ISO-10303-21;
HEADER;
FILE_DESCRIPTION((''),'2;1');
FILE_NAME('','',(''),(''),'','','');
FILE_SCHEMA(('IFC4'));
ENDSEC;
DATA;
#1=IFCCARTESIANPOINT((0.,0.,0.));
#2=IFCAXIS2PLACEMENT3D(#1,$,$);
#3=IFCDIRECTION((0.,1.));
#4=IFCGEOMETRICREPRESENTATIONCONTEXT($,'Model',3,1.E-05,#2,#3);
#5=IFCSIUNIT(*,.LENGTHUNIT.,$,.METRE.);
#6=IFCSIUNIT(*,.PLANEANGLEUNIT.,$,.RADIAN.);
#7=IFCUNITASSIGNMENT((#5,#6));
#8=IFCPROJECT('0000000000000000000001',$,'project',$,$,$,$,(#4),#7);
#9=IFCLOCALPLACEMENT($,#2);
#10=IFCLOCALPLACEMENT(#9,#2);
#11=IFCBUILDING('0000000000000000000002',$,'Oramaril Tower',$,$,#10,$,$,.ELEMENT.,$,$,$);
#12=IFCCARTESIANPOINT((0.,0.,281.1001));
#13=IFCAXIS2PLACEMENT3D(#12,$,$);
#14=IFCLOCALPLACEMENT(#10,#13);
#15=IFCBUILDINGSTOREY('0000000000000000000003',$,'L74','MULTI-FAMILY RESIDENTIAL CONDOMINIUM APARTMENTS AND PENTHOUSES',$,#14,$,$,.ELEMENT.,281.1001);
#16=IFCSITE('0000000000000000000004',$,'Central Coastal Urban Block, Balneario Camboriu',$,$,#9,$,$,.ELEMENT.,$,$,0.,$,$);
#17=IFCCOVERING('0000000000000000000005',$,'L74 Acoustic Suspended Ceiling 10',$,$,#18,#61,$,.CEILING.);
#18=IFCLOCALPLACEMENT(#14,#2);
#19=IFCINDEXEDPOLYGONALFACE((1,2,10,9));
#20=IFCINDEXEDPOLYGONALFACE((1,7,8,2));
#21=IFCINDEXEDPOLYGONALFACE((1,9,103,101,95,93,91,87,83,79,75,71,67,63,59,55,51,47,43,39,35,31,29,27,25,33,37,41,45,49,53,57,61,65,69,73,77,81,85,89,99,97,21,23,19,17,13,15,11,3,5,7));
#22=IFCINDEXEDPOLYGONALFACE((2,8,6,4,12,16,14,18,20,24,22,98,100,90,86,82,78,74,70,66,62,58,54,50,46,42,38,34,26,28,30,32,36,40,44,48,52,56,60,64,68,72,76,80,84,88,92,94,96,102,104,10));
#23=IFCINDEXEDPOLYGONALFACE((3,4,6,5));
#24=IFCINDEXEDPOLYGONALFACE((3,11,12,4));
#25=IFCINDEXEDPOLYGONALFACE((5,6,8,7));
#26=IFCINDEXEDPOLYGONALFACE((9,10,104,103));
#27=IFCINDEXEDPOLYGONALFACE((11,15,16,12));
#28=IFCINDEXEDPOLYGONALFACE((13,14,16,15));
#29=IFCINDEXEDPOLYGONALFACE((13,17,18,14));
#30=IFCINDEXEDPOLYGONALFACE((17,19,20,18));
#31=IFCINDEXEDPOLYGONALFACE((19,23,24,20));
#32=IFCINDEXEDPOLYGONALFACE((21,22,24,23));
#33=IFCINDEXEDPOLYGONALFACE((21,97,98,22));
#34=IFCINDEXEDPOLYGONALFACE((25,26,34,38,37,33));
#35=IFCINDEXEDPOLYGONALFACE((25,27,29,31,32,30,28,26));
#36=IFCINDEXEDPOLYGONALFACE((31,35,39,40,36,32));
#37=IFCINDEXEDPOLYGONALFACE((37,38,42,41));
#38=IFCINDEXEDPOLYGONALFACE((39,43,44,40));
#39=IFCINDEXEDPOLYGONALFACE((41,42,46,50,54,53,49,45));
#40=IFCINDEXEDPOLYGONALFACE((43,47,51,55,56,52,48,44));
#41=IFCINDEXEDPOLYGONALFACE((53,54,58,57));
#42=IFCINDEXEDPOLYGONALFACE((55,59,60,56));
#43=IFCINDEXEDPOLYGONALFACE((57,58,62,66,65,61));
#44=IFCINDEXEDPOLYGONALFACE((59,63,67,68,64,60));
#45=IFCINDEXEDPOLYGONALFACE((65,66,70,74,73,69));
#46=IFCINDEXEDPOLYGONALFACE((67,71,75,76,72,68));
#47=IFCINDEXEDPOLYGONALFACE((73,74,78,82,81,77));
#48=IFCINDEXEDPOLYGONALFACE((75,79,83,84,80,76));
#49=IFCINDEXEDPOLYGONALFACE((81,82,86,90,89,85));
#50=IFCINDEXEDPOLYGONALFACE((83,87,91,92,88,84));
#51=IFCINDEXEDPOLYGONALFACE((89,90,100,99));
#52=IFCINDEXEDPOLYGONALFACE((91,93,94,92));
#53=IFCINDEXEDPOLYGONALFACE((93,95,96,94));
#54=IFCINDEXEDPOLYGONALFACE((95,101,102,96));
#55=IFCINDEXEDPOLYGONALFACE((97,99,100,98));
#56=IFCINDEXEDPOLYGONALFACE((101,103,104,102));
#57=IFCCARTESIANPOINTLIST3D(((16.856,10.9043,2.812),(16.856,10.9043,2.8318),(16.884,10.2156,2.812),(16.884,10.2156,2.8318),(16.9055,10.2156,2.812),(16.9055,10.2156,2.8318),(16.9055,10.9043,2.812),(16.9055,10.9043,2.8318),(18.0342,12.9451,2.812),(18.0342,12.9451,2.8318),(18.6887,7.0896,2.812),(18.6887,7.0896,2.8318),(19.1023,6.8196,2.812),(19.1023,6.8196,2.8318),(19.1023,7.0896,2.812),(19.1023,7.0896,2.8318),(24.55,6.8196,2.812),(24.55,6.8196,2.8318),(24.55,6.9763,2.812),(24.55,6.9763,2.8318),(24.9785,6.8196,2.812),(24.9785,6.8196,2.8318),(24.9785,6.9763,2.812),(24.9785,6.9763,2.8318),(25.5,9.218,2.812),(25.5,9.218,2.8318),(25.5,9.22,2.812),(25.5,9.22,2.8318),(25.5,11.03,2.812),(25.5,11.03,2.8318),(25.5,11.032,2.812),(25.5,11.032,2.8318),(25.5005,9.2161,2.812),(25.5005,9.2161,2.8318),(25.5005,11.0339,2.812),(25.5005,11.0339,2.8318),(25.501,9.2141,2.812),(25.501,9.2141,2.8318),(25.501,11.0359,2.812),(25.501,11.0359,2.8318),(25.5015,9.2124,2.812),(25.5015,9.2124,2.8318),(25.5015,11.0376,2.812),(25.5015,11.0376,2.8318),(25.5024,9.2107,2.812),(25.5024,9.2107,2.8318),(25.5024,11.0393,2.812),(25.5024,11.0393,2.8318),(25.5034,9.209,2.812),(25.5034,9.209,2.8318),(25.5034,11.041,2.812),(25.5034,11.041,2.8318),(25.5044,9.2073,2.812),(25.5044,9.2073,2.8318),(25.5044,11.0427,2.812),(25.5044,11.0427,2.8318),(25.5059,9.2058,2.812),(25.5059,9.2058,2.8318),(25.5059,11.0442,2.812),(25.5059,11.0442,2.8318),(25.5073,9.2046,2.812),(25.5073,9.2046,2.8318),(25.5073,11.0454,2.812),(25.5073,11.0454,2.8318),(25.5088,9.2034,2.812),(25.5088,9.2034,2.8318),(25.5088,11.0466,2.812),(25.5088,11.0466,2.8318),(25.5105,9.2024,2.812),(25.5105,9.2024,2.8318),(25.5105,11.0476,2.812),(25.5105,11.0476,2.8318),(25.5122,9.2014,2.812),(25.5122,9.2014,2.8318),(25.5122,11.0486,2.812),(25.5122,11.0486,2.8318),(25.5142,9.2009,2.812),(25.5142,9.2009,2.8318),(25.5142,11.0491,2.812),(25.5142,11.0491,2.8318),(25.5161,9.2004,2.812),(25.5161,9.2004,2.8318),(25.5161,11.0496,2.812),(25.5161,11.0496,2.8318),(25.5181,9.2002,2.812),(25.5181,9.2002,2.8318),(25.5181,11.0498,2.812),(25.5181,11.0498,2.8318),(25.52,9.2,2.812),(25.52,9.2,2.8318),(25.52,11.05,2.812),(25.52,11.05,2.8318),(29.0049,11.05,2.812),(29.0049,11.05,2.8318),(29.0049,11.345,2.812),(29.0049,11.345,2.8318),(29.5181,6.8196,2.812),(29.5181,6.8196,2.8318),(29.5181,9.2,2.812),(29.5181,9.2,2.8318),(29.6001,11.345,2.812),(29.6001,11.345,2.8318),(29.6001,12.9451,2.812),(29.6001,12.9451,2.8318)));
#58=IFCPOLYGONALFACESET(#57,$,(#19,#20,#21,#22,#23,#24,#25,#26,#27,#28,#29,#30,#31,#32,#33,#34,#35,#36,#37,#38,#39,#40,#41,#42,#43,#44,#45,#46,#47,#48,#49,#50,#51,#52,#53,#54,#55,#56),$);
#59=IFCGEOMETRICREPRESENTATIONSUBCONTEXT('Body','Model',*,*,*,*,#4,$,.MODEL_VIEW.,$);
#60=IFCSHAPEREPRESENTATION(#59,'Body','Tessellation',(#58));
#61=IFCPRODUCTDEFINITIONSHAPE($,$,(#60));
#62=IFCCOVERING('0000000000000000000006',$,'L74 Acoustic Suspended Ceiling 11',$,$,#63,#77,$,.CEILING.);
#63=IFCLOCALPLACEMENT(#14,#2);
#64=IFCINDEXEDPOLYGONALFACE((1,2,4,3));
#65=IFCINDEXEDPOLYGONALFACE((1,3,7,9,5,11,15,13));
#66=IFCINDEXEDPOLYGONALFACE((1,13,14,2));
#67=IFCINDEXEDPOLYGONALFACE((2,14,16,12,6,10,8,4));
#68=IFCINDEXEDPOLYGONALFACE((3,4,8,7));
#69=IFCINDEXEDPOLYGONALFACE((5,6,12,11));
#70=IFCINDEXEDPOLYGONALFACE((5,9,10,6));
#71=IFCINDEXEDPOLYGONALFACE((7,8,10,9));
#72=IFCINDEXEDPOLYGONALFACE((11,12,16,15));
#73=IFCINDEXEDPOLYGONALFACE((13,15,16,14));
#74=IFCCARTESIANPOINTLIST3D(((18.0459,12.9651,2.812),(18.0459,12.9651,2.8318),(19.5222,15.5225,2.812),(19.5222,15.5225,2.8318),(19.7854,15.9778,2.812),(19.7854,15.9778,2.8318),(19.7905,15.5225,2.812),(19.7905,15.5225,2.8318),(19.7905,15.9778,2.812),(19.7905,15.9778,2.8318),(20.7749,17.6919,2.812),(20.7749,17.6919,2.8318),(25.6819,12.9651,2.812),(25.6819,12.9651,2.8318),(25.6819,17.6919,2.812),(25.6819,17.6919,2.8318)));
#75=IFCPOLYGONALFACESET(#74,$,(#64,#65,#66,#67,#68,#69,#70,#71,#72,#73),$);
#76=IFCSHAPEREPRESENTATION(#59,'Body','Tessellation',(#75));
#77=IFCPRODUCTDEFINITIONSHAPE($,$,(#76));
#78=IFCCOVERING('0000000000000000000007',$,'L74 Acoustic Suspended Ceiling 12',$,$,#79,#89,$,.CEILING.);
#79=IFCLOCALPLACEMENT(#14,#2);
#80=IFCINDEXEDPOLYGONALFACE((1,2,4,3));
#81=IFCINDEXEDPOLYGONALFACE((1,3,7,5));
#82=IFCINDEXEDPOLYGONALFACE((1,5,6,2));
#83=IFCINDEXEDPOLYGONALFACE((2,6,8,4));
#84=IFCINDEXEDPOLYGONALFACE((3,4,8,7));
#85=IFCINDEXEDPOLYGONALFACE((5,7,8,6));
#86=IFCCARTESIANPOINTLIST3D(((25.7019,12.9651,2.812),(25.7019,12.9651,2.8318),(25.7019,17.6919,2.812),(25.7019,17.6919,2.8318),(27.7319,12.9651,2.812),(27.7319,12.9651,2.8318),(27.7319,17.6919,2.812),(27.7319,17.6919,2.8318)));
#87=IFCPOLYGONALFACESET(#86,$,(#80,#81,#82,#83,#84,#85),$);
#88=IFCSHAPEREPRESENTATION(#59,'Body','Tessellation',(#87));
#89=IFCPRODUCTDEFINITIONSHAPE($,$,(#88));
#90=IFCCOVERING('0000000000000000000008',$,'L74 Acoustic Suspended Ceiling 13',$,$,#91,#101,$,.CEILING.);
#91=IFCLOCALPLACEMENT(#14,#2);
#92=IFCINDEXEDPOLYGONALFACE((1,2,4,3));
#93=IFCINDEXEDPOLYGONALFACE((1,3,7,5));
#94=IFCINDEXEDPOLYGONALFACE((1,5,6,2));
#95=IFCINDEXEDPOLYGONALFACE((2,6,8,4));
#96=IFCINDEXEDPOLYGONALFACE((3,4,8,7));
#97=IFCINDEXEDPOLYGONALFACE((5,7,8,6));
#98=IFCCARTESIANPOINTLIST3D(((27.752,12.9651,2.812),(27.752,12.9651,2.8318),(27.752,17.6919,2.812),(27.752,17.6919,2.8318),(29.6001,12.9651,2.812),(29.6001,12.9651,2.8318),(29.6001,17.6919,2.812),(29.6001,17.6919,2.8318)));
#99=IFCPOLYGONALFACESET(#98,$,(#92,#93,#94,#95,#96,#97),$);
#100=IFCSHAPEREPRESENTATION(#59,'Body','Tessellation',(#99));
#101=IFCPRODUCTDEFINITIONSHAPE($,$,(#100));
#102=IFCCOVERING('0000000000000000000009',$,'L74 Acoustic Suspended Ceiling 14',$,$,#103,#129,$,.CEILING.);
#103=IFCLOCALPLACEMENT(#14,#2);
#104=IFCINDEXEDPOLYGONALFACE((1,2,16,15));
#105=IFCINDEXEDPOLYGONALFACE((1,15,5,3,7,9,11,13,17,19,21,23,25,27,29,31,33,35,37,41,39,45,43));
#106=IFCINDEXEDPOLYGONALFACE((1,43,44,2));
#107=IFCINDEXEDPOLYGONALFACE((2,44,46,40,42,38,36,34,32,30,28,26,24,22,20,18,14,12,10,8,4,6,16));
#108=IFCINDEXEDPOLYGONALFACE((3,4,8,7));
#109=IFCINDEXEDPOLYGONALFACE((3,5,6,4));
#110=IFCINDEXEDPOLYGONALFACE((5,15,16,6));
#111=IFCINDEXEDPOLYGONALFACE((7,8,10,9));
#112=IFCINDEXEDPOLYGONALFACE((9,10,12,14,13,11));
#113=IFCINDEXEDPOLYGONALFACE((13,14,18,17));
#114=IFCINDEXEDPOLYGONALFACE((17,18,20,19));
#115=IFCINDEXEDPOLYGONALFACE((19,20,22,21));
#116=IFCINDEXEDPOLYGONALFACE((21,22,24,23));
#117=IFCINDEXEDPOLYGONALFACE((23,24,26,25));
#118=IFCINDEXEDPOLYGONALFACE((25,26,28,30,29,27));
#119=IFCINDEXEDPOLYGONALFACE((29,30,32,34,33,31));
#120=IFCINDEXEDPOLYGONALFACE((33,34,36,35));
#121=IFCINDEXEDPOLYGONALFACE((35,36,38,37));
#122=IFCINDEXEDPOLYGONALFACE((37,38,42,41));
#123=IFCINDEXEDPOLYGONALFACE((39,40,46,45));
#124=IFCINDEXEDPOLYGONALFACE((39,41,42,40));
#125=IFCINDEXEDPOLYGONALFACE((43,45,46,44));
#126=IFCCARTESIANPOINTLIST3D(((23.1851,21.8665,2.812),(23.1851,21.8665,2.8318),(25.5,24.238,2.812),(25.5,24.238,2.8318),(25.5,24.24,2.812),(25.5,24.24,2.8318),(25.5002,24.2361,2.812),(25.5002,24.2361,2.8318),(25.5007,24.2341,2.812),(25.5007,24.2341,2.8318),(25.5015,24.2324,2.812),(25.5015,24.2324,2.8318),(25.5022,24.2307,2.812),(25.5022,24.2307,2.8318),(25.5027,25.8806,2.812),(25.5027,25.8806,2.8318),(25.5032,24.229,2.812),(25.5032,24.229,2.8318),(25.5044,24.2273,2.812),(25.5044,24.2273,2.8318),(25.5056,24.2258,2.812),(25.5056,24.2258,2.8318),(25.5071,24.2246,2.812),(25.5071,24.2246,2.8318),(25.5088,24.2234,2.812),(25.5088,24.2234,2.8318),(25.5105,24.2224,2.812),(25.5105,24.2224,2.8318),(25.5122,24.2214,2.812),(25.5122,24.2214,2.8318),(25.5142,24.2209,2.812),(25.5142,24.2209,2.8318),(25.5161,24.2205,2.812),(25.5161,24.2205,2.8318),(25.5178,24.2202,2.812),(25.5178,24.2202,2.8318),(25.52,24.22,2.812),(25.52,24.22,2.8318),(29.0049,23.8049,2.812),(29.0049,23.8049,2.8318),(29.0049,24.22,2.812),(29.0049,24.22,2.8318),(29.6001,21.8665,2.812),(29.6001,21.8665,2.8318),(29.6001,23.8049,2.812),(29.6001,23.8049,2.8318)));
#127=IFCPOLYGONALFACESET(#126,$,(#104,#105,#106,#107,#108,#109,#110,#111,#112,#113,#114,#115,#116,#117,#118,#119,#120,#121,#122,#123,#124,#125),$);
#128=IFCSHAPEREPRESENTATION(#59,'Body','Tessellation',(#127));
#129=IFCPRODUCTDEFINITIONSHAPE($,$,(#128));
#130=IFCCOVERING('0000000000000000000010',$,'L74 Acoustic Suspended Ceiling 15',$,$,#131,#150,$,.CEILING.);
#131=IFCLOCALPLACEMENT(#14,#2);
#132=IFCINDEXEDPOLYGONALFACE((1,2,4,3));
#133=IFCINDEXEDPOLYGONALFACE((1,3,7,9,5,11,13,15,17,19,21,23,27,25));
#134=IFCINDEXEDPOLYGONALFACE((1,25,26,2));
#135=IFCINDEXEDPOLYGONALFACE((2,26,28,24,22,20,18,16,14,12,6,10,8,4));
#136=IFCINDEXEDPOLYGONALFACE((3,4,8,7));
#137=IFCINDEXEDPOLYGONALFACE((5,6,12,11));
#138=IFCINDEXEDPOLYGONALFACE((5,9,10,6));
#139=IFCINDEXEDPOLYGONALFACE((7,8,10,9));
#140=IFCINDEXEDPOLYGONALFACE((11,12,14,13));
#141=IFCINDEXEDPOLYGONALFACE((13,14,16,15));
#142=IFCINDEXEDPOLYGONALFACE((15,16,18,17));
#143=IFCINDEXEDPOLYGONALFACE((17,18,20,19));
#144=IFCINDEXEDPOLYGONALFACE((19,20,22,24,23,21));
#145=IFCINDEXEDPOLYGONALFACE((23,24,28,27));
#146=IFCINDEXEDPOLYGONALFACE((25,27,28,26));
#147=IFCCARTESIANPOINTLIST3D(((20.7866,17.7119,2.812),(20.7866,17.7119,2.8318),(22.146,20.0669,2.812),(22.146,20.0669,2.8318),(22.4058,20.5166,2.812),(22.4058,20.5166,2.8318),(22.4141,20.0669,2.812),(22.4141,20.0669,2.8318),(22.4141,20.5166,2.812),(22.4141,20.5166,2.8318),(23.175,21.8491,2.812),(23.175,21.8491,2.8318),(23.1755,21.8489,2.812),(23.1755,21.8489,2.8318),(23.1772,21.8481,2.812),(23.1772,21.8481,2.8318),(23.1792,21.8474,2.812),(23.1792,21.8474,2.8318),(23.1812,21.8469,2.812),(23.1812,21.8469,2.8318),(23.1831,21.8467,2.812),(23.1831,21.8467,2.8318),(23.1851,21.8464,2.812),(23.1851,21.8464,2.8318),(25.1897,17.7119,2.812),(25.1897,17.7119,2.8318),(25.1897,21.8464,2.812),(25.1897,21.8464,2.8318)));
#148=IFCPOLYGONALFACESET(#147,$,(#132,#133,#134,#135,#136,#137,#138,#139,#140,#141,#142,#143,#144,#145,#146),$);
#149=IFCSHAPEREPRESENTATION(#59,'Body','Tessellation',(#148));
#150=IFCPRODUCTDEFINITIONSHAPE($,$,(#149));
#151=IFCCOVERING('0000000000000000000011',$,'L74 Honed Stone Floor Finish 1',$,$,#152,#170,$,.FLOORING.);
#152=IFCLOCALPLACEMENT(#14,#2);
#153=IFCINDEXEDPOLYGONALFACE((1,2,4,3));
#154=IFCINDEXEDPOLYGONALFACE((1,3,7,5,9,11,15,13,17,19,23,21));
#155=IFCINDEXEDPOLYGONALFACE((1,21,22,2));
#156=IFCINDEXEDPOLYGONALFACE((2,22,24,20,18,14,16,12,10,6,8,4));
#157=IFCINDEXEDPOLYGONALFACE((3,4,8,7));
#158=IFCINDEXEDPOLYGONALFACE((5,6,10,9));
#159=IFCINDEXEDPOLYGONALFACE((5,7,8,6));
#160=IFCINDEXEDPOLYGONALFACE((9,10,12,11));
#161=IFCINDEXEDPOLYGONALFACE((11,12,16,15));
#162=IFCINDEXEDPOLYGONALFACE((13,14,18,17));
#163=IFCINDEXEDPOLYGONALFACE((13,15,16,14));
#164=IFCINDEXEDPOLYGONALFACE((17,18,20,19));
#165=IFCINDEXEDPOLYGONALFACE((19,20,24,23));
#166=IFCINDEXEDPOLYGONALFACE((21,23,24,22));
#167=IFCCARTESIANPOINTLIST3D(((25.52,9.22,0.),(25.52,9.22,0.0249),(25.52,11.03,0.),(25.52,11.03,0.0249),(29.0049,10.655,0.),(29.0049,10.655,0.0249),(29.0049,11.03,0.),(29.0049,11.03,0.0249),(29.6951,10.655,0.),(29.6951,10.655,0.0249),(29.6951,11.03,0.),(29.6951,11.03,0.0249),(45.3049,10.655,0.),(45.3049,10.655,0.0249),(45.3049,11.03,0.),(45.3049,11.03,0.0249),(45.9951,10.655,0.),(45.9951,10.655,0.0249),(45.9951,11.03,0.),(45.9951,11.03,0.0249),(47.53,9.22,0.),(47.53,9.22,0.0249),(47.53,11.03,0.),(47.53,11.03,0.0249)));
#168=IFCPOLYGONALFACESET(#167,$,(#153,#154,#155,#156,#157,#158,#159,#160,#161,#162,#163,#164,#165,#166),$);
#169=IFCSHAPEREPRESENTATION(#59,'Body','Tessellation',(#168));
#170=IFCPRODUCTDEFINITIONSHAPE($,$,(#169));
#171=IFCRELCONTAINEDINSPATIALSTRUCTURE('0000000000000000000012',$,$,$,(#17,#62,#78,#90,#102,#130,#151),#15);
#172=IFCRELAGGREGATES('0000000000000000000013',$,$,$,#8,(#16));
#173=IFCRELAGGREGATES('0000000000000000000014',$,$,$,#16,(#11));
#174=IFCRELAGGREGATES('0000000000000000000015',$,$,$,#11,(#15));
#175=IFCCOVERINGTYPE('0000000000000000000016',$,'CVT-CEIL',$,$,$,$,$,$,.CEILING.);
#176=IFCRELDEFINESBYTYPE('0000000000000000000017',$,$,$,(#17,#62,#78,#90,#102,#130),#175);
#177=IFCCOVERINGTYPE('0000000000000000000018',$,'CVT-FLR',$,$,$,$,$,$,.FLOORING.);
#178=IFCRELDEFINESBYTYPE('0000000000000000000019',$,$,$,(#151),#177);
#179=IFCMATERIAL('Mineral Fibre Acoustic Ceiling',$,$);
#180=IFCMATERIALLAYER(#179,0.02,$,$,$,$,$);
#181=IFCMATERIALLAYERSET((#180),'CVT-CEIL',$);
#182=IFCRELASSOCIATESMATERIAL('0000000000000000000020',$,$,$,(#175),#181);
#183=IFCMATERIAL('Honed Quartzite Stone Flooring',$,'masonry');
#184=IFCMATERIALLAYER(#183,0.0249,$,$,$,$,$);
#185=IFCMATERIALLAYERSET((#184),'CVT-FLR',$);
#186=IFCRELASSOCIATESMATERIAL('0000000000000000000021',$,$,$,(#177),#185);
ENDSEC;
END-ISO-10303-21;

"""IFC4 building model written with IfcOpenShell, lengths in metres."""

from ifc_helpers import new_model, si_unit, direction, frame, origin, place, context, subcontext, project, spatial, polyline, outline, extrude, material, layer, layer_set, type_object, element, save


model = new_model("IFC4")

# Units and contexts
model_context = context("Model", 3, precision=1e-05, world=origin(), true_north=direction((0.0, 1.0)))
body_context = subcontext(model_context, "Body", "Model", "MODEL_VIEW")
ifc_project = project(units=[si_unit("LENGTHUNIT", "METRE"), si_unit("PLANEANGLEUNIT", "RADIAN")], contexts=[model_context])

# Site, building, storey
site_placement = place(None, origin())
site = spatial("IfcSite", under=ifc_project, at=site_placement, Name="Central Coastal Urban Block, Balneario Camboriu", CompositionType="ELEMENT", RefElevation=0.0)
building_placement = place(site_placement, origin())
building = spatial("IfcBuilding", under=site, at=building_placement, Name="Oramaril Tower", CompositionType="ELEMENT")
storey_placement = place(building_placement, frame((0.0, 0.0, 281.1001)))
storey = spatial("IfcBuildingStorey", under=building, at=storey_placement, Name="L74", Description="MULTI-FAMILY RESIDENTIAL CONDOMINIUM APARTMENTS AND PENTHOUSES", CompositionType="ELEMENT", Elevation=281.1001)

# Coverings
ifc_material_1 = material(Name="Mineral Fibre Acoustic Ceiling")
ifc_layer_1 = layer(ifc_material_1, 0.02)
ifc_layer_set_1 = layer_set([ifc_layer_1], Name="CVT-CEIL")
covering_type_1 = type_object("IfcCoveringType", Name="CVT-CEIL", PredefinedType="CEILING", material=ifc_layer_set_1)
covering_1_placement = place(storey_placement, frame((0.0, 0.0, 2.812)))
element("IfcCovering", 1, at=covering_1_placement, inside=storey, type_object=covering_type_1, Name="L74 Acoustic Suspended Ceiling 10", PredefinedType="CEILING", context=body_context, shape_type="SweptSolid", body=[
    extrude(outline(polyline([(29.6001, 12.9451), (29.6001, 11.345), (29.0049, 11.345), (29.0049, 11.05), (25.52, 11.05), (25.5181, 11.0498), (25.5161, 11.0496), (25.5142, 11.0491), (25.5122, 11.0486), (25.5105, 11.0476), (25.5088, 11.0466), (25.5073, 11.0454), (25.5059, 11.0442), (25.5044, 11.0427), (25.5034, 11.041), (25.5024, 11.0393), (25.5015, 11.0376), (25.501, 11.0359), (25.5005, 11.0339), (25.5, 11.032), (25.5, 11.03), (25.5, 9.22), (25.5, 9.218), (25.5005, 9.2161), (25.501, 9.2141), (25.5015, 9.2124), (25.5024, 9.2107), (25.5034, 9.209), (25.5044, 9.2073), (25.5059, 9.2058), (25.5073, 9.2046), (25.5088, 9.2034), (25.5105, 9.2024), (25.5122, 9.2014), (25.5142, 9.2009), (25.5161, 9.2004), (25.5181, 9.2002), (25.52, 9.2), (29.5181, 9.2), (29.5181, 6.8196), (24.9785, 6.8196), (24.9785, 6.9763), (24.55, 6.9763), (24.55, 6.8196), (19.1023, 6.8196), (19.1023, 7.0896), (18.6887, 7.0896), (16.884, 10.2156), (16.9055, 10.2156), (16.9055, 10.9043), (16.856, 10.9043), (18.0342, 12.9451), (29.6001, 12.9451)])), origin(), (0.0, 0.0, 1.0), 0.0198),
])
covering_2_placement = place(storey_placement, frame((0.0, 0.0, 2.812)))
element("IfcCovering", 2, at=covering_2_placement, inside=storey, type_object=covering_type_1, Name="L74 Acoustic Suspended Ceiling 11", PredefinedType="CEILING", context=body_context, shape_type="SweptSolid", body=[
    extrude(outline(polyline([(19.5222, 15.5225), (19.7905, 15.5225), (19.7905, 15.9778), (19.7854, 15.9778), (20.7749, 17.6919), (25.6819, 17.6919), (25.6819, 12.9651), (18.0459, 12.9651), (19.5222, 15.5225)])), origin(), (0.0, 0.0, 1.0), 0.0198),
])
covering_3_placement = place(storey_placement, frame((0.0, 0.0, 2.812)))
element("IfcCovering", 3, at=covering_3_placement, inside=storey, type_object=covering_type_1, Name="L74 Acoustic Suspended Ceiling 12", PredefinedType="CEILING", context=body_context, shape_type="SweptSolid", body=[
    extrude(outline(polyline([(27.7319, 17.6919), (27.7319, 12.9651), (25.7019, 12.9651), (25.7019, 17.6919), (27.7319, 17.6919)])), origin(), (0.0, 0.0, 1.0), 0.0198),
])
covering_4_placement = place(storey_placement, frame((0.0, 0.0, 2.812)))
element("IfcCovering", 4, at=covering_4_placement, inside=storey, type_object=covering_type_1, Name="L74 Acoustic Suspended Ceiling 13", PredefinedType="CEILING", context=body_context, shape_type="SweptSolid", body=[
    extrude(outline(polyline([(29.6001, 17.6919), (29.6001, 12.9651), (27.752, 12.9651), (27.752, 17.6919), (29.6001, 17.6919)])), origin(), (0.0, 0.0, 1.0), 0.0198),
])
covering_5_placement = place(storey_placement, frame((0.0, 0.0, 2.812)))
element("IfcCovering", 5, at=covering_5_placement, inside=storey, type_object=covering_type_1, Name="L74 Acoustic Suspended Ceiling 14", PredefinedType="CEILING", context=body_context, shape_type="SweptSolid", body=[
    extrude(outline(polyline([(29.0049, 23.8049), (29.6001, 23.8049), (29.6001, 21.8665), (23.1851, 21.8665), (25.5027, 25.8806), (25.5, 24.24), (25.5, 24.238), (25.5002, 24.2361), (25.5007, 24.2341), (25.5015, 24.2324), (25.5022, 24.2307), (25.5032, 24.229), (25.5044, 24.2273), (25.5056, 24.2258), (25.5071, 24.2246), (25.5088, 24.2234), (25.5105, 24.2224), (25.5122, 24.2214), (25.5142, 24.2209), (25.5161, 24.2205), (25.5178, 24.2202), (25.52, 24.22), (29.0049, 24.22), (29.0049, 23.8049)])), origin(), (0.0, 0.0, 1.0), 0.0198),
])
covering_6_placement = place(storey_placement, frame((0.0, 0.0, 2.812)))
element("IfcCovering", 6, at=covering_6_placement, inside=storey, type_object=covering_type_1, Name="L74 Acoustic Suspended Ceiling 15", PredefinedType="CEILING", context=body_context, shape_type="SweptSolid", body=[
    extrude(outline(polyline([(22.4141, 20.0669), (22.4141, 20.5166), (22.4058, 20.5166), (23.175, 21.8491), (23.1755, 21.8489), (23.1772, 21.8481), (23.1792, 21.8474), (23.1812, 21.8469), (23.1831, 21.8467), (23.1851, 21.8464), (25.1897, 21.8464), (25.1897, 17.7119), (20.7866, 17.7119), (22.146, 20.0669), (22.4141, 20.0669)])), origin(), (0.0, 0.0, 1.0), 0.0198),
])
ifc_material_2 = material(Name="Honed Quartzite Stone Flooring", Category="masonry")
ifc_layer_2 = layer(ifc_material_2, 0.0249)
ifc_layer_set_2 = layer_set([ifc_layer_2], Name="CVT-FLR")
covering_type_2 = type_object("IfcCoveringType", Name="CVT-FLR", PredefinedType="FLOORING", material=ifc_layer_set_2)
covering_7_placement = place(storey_placement, origin())
element("IfcCovering", 7, at=covering_7_placement, inside=storey, type_object=covering_type_2, Name="L74 Honed Stone Floor Finish 1", PredefinedType="FLOORING", context=body_context, shape_type="SweptSolid", body=[
    extrude(outline(polyline([(29.0049, 10.655), (29.6951, 10.655), (29.6951, 11.03), (45.3049, 11.03), (45.3049, 10.655), (45.9951, 10.655), (45.9951, 11.03), (47.53, 11.03), (47.53, 9.22), (25.52, 9.22), (25.52, 11.03), (29.0049, 11.03), (29.0049, 10.655)])), origin(), (0.0, 0.0, 1.0), 0.0249),
])

save(model, "model.ifc")
